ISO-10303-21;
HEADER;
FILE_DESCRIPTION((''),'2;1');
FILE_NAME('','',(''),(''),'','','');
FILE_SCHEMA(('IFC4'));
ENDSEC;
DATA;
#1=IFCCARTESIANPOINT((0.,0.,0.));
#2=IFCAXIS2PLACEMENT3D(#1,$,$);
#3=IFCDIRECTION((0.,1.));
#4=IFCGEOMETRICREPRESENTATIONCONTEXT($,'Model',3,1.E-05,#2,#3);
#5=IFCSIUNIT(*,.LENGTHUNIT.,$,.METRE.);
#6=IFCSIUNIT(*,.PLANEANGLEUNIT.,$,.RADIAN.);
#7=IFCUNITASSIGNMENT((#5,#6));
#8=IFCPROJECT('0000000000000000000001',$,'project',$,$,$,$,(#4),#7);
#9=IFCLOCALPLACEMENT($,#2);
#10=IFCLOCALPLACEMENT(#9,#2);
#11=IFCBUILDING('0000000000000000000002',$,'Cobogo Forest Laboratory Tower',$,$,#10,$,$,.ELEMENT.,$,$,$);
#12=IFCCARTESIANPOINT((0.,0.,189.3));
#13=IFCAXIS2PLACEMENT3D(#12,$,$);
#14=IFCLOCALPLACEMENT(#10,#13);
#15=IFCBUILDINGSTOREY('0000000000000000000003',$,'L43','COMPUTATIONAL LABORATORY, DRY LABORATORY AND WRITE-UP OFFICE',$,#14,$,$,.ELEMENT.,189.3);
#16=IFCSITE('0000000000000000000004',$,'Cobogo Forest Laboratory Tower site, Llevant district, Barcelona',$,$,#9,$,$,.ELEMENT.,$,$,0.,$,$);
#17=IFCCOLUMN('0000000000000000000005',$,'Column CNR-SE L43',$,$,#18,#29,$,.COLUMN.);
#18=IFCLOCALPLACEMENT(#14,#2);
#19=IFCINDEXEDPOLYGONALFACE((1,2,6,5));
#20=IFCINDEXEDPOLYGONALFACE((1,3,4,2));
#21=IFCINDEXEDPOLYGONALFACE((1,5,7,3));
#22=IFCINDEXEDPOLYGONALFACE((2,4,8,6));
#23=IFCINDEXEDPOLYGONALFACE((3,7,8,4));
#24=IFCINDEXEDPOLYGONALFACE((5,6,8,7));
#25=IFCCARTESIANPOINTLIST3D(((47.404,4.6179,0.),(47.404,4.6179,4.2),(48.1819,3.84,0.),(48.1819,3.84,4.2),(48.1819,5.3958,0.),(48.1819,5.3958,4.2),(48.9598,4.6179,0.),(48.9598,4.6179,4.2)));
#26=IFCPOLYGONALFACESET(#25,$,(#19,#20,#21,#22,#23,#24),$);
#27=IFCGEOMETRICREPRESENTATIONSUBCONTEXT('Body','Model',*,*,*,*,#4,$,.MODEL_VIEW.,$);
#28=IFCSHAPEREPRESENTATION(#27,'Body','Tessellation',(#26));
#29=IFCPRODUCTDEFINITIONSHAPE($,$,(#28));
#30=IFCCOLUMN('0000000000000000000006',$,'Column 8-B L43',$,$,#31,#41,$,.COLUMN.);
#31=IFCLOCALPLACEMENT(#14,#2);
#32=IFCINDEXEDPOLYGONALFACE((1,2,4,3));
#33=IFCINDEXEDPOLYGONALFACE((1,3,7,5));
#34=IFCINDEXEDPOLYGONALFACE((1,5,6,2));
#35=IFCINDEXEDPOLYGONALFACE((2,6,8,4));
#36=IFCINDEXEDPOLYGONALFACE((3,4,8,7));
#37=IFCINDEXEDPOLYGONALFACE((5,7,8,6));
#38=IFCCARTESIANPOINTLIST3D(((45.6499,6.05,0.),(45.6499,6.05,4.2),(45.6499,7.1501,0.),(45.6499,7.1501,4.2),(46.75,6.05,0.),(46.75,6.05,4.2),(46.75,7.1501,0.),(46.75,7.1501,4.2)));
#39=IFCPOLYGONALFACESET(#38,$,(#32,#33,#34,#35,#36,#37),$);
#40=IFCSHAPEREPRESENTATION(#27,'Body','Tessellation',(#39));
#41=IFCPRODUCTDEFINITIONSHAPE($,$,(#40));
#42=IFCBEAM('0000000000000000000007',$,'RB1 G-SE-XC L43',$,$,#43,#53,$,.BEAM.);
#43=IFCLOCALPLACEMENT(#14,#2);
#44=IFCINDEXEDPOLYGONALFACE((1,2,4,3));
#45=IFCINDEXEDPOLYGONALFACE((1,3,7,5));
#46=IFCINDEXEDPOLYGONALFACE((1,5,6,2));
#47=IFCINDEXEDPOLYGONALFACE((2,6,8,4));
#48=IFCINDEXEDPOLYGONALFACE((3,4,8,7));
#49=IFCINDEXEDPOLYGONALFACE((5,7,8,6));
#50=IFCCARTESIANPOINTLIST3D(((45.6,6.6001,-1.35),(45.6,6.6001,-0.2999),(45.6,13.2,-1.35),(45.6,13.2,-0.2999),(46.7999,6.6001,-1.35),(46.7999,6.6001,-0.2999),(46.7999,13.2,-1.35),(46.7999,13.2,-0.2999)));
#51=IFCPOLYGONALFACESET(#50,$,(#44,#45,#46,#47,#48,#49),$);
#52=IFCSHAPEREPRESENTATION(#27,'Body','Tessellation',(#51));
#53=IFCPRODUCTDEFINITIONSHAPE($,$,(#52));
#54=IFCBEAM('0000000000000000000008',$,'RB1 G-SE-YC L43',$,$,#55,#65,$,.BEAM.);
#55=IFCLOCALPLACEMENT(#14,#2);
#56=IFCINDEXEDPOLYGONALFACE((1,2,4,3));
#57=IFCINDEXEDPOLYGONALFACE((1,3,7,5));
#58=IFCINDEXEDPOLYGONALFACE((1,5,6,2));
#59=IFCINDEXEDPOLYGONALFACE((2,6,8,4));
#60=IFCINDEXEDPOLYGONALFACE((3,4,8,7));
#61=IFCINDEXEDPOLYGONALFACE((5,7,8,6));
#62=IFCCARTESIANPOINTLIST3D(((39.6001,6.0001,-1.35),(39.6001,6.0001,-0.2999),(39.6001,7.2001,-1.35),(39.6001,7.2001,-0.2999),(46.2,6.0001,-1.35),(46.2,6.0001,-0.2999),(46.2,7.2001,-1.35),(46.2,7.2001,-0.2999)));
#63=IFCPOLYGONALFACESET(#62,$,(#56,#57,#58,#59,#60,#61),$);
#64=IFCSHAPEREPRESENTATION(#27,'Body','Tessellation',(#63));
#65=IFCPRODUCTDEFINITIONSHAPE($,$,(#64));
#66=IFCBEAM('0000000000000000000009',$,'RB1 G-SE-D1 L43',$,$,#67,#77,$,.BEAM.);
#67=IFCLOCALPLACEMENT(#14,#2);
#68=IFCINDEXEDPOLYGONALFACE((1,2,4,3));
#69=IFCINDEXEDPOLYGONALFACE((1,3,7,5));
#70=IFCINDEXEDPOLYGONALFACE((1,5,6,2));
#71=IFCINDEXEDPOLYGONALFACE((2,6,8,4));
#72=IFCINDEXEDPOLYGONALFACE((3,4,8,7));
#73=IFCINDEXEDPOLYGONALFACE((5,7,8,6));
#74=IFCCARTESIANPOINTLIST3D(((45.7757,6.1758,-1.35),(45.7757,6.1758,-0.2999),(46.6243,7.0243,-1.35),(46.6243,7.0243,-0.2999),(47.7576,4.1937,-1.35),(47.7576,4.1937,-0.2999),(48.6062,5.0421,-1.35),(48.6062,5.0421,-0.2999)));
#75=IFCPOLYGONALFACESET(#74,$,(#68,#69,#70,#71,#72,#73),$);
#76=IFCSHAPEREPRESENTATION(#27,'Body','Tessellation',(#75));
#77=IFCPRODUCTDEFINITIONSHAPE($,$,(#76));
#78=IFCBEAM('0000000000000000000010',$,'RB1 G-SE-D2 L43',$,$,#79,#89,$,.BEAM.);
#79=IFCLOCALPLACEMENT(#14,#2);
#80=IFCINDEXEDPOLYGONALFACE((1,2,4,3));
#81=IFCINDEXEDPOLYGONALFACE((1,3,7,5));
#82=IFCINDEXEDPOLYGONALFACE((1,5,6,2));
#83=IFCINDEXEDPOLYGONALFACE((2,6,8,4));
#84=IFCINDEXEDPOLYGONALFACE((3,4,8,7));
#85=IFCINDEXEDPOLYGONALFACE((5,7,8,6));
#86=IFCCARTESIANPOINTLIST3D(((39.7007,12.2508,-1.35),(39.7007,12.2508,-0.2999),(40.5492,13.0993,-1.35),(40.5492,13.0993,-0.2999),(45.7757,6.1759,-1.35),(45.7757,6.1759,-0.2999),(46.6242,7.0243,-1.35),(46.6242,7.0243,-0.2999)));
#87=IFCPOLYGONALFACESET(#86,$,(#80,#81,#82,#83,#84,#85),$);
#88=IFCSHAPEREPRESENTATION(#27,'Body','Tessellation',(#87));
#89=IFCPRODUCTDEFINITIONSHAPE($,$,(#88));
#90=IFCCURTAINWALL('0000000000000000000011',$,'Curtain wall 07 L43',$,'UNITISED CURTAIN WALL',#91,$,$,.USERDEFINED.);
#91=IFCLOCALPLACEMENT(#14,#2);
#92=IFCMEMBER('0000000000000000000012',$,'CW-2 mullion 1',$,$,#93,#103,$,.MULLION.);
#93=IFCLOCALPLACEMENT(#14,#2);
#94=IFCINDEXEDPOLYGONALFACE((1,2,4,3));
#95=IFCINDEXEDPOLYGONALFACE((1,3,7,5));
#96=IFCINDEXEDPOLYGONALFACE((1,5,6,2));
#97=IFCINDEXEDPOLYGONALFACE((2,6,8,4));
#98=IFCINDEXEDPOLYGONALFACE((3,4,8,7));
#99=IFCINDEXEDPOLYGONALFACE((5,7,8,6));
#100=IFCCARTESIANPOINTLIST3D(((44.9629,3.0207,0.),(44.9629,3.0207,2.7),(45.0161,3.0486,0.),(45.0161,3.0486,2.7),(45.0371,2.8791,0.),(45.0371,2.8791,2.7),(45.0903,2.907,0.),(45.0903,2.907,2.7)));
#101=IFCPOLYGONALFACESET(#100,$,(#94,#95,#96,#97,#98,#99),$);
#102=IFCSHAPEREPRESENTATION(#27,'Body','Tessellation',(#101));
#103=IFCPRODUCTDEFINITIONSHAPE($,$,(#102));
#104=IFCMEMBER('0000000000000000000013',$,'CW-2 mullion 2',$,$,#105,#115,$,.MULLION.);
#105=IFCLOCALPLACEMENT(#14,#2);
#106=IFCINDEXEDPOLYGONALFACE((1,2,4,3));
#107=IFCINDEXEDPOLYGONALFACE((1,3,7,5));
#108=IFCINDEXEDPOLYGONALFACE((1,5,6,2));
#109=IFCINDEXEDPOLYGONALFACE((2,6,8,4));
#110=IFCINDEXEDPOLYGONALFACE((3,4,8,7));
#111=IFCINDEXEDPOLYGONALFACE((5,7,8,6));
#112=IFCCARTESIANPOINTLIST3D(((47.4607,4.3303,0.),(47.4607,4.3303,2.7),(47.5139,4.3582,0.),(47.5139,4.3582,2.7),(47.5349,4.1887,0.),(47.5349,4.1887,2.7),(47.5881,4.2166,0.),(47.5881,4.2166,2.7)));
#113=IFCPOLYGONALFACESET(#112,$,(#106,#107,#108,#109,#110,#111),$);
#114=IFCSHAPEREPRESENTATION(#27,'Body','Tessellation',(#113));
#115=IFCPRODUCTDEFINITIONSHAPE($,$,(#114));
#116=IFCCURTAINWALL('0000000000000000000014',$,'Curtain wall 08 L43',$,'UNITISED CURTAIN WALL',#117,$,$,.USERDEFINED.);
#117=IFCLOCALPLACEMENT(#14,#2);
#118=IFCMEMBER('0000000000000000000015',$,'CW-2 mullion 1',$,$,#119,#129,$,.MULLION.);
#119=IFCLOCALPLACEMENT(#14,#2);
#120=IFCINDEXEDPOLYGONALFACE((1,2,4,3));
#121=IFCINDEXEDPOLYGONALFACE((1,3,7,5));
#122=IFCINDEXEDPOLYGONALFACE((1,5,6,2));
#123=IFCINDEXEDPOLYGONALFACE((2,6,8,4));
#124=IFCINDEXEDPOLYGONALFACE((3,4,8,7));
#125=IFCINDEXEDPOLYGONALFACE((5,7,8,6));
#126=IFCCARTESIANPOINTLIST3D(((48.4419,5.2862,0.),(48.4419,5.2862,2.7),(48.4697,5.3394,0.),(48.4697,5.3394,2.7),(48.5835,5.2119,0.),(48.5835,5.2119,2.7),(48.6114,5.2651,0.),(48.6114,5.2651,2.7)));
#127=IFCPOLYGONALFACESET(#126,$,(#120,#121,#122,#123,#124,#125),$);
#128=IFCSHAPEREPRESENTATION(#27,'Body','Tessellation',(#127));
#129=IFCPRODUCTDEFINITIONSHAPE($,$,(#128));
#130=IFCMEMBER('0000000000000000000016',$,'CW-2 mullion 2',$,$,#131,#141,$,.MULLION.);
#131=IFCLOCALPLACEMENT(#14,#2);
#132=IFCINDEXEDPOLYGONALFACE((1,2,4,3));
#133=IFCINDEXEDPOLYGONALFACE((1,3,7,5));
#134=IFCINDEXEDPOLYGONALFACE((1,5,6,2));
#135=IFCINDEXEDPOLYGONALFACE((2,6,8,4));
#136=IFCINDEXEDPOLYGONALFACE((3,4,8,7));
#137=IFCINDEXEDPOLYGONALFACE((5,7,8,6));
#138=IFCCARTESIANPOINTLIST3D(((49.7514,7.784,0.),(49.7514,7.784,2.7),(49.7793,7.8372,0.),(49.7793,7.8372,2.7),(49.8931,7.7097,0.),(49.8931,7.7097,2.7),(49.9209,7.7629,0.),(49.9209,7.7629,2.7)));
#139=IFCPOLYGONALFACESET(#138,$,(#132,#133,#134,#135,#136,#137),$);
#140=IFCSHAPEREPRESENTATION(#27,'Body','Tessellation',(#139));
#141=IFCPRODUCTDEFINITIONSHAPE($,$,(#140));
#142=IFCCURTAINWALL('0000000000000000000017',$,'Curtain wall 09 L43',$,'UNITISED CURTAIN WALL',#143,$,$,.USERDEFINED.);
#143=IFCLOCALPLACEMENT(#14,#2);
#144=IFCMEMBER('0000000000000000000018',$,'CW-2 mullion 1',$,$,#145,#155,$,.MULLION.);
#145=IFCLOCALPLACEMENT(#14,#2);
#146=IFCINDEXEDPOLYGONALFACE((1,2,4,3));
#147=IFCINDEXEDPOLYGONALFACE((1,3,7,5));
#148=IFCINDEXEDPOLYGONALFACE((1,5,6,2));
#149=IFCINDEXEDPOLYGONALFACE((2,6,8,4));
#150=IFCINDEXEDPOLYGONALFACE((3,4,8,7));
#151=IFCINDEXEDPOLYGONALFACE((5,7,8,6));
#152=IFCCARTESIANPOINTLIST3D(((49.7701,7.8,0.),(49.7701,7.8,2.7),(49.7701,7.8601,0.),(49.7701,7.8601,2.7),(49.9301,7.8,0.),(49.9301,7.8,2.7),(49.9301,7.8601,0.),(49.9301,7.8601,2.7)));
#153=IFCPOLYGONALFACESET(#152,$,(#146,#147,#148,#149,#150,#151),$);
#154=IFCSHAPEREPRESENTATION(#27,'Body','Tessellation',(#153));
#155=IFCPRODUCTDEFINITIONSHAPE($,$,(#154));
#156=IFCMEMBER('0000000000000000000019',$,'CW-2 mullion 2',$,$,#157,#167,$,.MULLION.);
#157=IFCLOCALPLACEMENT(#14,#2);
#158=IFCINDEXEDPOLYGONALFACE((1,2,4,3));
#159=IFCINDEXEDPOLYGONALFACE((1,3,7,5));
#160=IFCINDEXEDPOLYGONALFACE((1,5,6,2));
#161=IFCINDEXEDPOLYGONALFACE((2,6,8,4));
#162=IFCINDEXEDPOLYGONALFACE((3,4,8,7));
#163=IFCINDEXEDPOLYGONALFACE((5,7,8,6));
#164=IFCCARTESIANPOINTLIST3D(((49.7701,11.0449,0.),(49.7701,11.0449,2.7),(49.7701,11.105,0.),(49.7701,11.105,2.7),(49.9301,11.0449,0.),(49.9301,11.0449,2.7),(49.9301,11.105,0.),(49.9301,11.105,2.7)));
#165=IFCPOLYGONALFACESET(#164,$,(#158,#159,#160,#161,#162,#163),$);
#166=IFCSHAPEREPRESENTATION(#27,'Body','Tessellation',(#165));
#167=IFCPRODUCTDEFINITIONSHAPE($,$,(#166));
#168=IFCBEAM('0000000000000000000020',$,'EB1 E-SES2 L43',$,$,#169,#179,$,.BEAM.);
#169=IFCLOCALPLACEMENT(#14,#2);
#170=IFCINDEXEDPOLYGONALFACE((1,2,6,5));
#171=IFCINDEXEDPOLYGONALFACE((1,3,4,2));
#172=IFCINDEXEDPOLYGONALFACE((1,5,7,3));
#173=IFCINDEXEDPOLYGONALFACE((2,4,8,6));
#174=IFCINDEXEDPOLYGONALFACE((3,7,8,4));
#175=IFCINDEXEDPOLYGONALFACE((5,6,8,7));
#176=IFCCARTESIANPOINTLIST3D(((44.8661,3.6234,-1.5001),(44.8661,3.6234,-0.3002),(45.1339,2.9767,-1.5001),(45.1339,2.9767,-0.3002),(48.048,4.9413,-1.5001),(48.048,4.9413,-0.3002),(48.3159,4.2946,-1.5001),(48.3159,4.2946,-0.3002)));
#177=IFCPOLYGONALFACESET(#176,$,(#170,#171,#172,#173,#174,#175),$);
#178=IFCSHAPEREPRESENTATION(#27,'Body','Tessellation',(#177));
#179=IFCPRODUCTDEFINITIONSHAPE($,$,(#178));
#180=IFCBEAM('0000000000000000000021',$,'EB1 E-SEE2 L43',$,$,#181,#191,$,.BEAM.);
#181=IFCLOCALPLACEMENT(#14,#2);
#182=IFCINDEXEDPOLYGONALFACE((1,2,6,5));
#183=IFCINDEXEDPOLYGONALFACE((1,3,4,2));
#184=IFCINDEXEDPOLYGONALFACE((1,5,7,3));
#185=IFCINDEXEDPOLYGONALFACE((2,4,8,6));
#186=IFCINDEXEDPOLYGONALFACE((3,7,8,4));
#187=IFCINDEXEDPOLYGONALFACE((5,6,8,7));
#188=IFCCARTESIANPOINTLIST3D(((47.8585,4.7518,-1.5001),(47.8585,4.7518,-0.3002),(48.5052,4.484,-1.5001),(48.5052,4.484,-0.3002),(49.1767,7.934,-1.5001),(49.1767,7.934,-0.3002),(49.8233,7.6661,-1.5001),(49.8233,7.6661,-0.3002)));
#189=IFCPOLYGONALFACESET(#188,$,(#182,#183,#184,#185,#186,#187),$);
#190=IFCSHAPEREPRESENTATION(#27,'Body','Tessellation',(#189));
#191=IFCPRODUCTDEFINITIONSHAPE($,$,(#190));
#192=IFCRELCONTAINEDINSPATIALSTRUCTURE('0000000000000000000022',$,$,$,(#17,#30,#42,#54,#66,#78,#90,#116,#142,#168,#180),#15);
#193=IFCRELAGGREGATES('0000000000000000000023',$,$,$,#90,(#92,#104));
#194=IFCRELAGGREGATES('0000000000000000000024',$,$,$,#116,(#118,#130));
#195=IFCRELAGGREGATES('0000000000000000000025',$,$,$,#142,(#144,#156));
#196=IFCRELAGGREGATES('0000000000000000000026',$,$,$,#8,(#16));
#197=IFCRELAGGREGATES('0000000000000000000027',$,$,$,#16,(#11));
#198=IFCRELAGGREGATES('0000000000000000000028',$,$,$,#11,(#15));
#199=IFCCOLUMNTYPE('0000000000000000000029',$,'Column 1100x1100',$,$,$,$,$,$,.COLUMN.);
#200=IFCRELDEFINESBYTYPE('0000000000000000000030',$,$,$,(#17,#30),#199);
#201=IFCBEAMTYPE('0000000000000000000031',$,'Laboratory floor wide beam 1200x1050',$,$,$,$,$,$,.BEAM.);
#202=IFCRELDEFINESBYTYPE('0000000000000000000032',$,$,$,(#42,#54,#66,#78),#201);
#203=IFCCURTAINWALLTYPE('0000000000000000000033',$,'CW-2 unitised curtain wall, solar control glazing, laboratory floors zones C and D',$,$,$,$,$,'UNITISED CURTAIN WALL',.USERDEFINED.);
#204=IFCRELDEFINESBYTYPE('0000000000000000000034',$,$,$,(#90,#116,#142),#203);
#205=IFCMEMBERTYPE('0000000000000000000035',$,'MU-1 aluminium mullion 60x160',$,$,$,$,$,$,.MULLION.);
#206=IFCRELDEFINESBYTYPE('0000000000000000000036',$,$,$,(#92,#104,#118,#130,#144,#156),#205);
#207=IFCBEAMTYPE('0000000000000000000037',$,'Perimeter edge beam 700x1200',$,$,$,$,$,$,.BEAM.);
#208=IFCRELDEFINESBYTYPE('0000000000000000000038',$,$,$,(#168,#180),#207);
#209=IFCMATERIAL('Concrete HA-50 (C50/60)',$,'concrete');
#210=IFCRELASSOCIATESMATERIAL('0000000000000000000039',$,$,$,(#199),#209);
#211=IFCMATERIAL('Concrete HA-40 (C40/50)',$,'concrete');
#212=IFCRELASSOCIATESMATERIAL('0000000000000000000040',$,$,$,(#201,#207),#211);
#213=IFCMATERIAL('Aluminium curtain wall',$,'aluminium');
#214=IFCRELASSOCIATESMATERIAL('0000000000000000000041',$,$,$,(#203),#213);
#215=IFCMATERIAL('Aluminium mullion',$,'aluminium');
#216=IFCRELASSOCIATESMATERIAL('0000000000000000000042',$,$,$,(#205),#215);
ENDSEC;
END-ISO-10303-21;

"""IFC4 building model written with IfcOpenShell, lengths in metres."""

from ifc_helpers import new_model, si_unit, direction, frame, origin, origin_2d, place, context, subcontext, project, spatial, rectangle, extrude, material, material_profile, profile_set, type_object, element, aggregate, save


model = new_model("IFC4")

# Units and contexts
model_context = context("Model", 3, precision=1e-05, world=origin(), true_north=direction((0.0, 1.0)))
body_context = subcontext(model_context, "Body", "Model", "MODEL_VIEW")
ifc_project = project(units=[si_unit("LENGTHUNIT", "METRE"), si_unit("PLANEANGLEUNIT", "RADIAN")], contexts=[model_context])

# Site, building, storey
site_placement = place(None, origin())
site = spatial("IfcSite", under=ifc_project, at=site_placement, Name="Cobogo Forest Laboratory Tower site, Llevant district, Barcelona", CompositionType="ELEMENT", RefElevation=0.0)
building_placement = place(site_placement, origin())
building = spatial("IfcBuilding", under=site, at=building_placement, Name="Cobogo Forest Laboratory Tower", CompositionType="ELEMENT")
storey_placement = place(building_placement, frame((0.0, 0.0, 189.3)))
storey = spatial("IfcBuildingStorey", under=building, at=storey_placement, Name="L43", Description="COMPUTATIONAL LABORATORY, DRY LABORATORY AND WRITE-UP OFFICE", CompositionType="ELEMENT", Elevation=189.3)

# Columns
ifc_material_1 = material(Name="Concrete HA-50 (C50/60)", Category="concrete")
ifc_material_profile_1 = material_profile(ifc_material_1, rectangle(XDim=1.1001, YDim=1.1001, at=origin_2d()), Name="RC 1100x1100")
ifc_profile_set_1 = profile_set([ifc_material_profile_1], Name="Concrete HA-50 (C50/60)")
column_type = type_object("IfcColumnType", Name="Column 1100x1100", PredefinedType="COLUMN", material=ifc_profile_set_1)
for number, where, z_axis, x_axis, name in (
    (1, (48.1819, 4.6179, 0.0), (0.0, 0.0, 1.0), (0.707107, 0.707107, 0.0), "Column CNR-SE L43"),
    (2, (46.2, 6.6001, 0.0), (0.0, 0.0, 1.0), (1.0, 0.0, 0.0), "Column 8-B L43"),
):
    element("IfcColumn", number, at=place(storey_placement, frame(where, z_axis=z_axis, x_axis=x_axis)), inside=storey, type_object=column_type, Name=name, PredefinedType="COLUMN", context=body_context, shape_type="SweptSolid", body=[
        extrude(rectangle(XDim=1.1001, YDim=1.1001, at=origin_2d()), origin(), (0.0, 0.0, 1.0), 4.2),
    ])

# Beams
ifc_material_2 = material(Name="Concrete HA-40 (C40/50)", Category="concrete")
ifc_material_profile_2 = material_profile(ifc_material_2, rectangle(XDim=1.2, YDim=1.05, at=origin_2d()), Name="RC 1200x1050")
ifc_profile_set_2 = profile_set([ifc_material_profile_2], Name="Concrete HA-40 (C40/50)")
beam_type_1 = type_object("IfcBeamType", Name="Laboratory floor wide beam 1200x1050", PredefinedType="BEAM", material=ifc_profile_set_2)
for number, where, z_axis, x_axis, name in (
    (3, (46.2, 6.6001, -0.825), (0.0, 1.0, 0.0), (-1.0, 0.0, 0.0), "RB1 G-SE-XC L43"),
    (4, (46.2, 6.6001, -0.825), (-1.0, 0.0, 0.0), (0.0, -1.0, 0.0), "RB1 G-SE-YC L43"),
):
    element("IfcBeam", number, at=place(storey_placement, frame(where, z_axis=z_axis, x_axis=x_axis)), inside=storey, type_object=beam_type_1, Name=name, PredefinedType="BEAM", context=body_context, shape_type="SweptSolid", body=[
        extrude(rectangle(XDim=1.2, YDim=1.05, at=origin_2d()), origin(), (0.0, 0.0, 1.0), 6.5999),
    ])
beam_1_placement = place(storey_placement, frame((48.1819, 4.6179, -0.825), z_axis=(-0.707063, 0.70715, 0.0), x_axis=(-0.70715, -0.707063, 0.0)))
element("IfcBeam", 5, at=beam_1_placement, inside=storey, type_object=beam_type_1, Name="RB1 G-SE-D1 L43", PredefinedType="BEAM", context=body_context, shape_type="SweptSolid", body=[
    extrude(rectangle(XDim=1.2, YDim=1.05, at=origin_2d()), origin(), (0.0, 0.0, 1.0), 2.803),
])
beam_2_placement = place(storey_placement, frame((46.2, 6.6001, -0.825), z_axis=(-0.707107, 0.707107, 0.0), x_axis=(-0.707107, -0.707107, 0.0)))
element("IfcBeam", 6, at=beam_2_placement, inside=storey, type_object=beam_type_1, Name="RB1 G-SE-D2 L43", PredefinedType="BEAM", context=body_context, shape_type="SweptSolid", body=[
    extrude(rectangle(XDim=1.2, YDim=1.05, at=origin_2d()), origin(), (0.0, 0.0, 1.0), 8.5913),
])

# Curtain walls, members
ifc_material_3 = material(Name="Aluminium curtain wall", Category="aluminium")
curtain_wall_type = type_object("IfcCurtainWallType", Name="CW-2 unitised curtain wall, solar control glazing, laboratory floors zones C and D", ElementType="UNITISED CURTAIN WALL", PredefinedType="USERDEFINED", material=ifc_material_3)
curtain_wall_1_placement = place(storey_placement, origin())
curtain_wall_1 = element("IfcCurtainWall", 7, at=curtain_wall_1_placement, inside=storey, type_object=curtain_wall_type, Name="Curtain wall 07 L43", ObjectType="UNITISED CURTAIN WALL", PredefinedType="USERDEFINED")
ifc_material_4 = material(Name="Aluminium mullion", Category="aluminium")
ifc_material_profile_3 = material_profile(ifc_material_4, rectangle(XDim=0.0601, YDim=0.1599, at=origin_2d()), Name="AL 60x160")
ifc_profile_set_3 = profile_set([ifc_material_profile_3], Name="Aluminium mullion")
member_type_1 = type_object("IfcMemberType", Name="MU-1 aluminium mullion 60x160", PredefinedType="MULLION", material=ifc_profile_set_3)
member_1_placement = place(storey_placement, frame((45.0266, 2.9639, 0.0), z_axis=(0.0, 0.0, 1.0), x_axis=(0.885686, 0.464284, 0.0)))
member_1 = element("IfcMember", 8, at=member_1_placement, type_object=member_type_1, Name="CW-2 mullion 1", PredefinedType="MULLION", context=body_context, shape_type="SweptSolid", body=[
    extrude(rectangle(XDim=0.0601, YDim=0.1599, at=origin_2d()), origin(), (0.0, 0.0, 1.0), 2.7),
])
member_2_placement = place(storey_placement, frame((47.5244, 4.2734, 0.0), z_axis=(0.0, 0.0, 1.0), x_axis=(0.885686, 0.464284, 0.0)))
member_2 = element("IfcMember", 9, at=member_2_placement, type_object=member_type_1, Name="CW-2 mullion 2", PredefinedType="MULLION", context=body_context, shape_type="SweptSolid", body=[
    extrude(rectangle(XDim=0.0601, YDim=0.1599, at=origin_2d()), origin(), (0.0, 0.0, 1.0), 2.7),
])
curtain_wall_2_placement = place(storey_placement, origin())
curtain_wall_2 = element("IfcCurtainWall", 10, at=curtain_wall_2_placement, inside=storey, type_object=curtain_wall_type, Name="Curtain wall 08 L43", ObjectType="UNITISED CURTAIN WALL", PredefinedType="USERDEFINED")
member_3_placement = place(storey_placement, frame((48.5266, 5.2756, 0.0), z_axis=(0.0, 0.0, 1.0), x_axis=(0.464284, 0.885686, 0.0)))
member_3 = element("IfcMember", 11, at=member_3_placement, type_object=member_type_1, Name="CW-2 mullion 1", PredefinedType="MULLION", context=body_context, shape_type="SweptSolid", body=[
    extrude(rectangle(XDim=0.0601, YDim=0.1599, at=origin_2d()), origin(), (0.0, 0.0, 1.0), 2.7),
])
member_4_placement = place(storey_placement, frame((49.8362, 7.7734, 0.0), z_axis=(0.0, 0.0, 1.0), x_axis=(0.464284, 0.885686, 0.0)))
member_4 = element("IfcMember", 12, at=member_4_placement, type_object=member_type_1, Name="CW-2 mullion 2", PredefinedType="MULLION", context=body_context, shape_type="SweptSolid", body=[
    extrude(rectangle(XDim=0.0601, YDim=0.1599, at=origin_2d()), origin(), (0.0, 0.0, 1.0), 2.7),
])
curtain_wall_3_placement = place(storey_placement, origin())
curtain_wall_3 = element("IfcCurtainWall", 13, at=curtain_wall_3_placement, inside=storey, type_object=curtain_wall_type, Name="Curtain wall 09 L43", ObjectType="UNITISED CURTAIN WALL", PredefinedType="USERDEFINED")
member_5_placement = place(storey_placement, frame((49.8501, 7.8301, 0.0), z_axis=(0.0, 0.0, 1.0), x_axis=(0.0, 1.0, 0.0)))
member_5 = element("IfcMember", 14, at=member_5_placement, type_object=member_type_1, Name="CW-2 mullion 1", PredefinedType="MULLION", context=body_context, shape_type="SweptSolid", body=[
    extrude(rectangle(XDim=0.0601, YDim=0.1599, at=origin_2d()), origin(), (0.0, 0.0, 1.0), 2.7),
])
member_6_placement = place(storey_placement, frame((49.8501, 11.075, 0.0), z_axis=(0.0, 0.0, 1.0), x_axis=(0.0, 1.0, 0.0)))
member_6 = element("IfcMember", 15, at=member_6_placement, type_object=member_type_1, Name="CW-2 mullion 2", PredefinedType="MULLION", context=body_context, shape_type="SweptSolid", body=[
    extrude(rectangle(XDim=0.0601, YDim=0.1599, at=origin_2d()), origin(), (0.0, 0.0, 1.0), 2.7),
])

# Beams
ifc_material_profile_4 = material_profile(ifc_material_2, rectangle(XDim=0.7, YDim=1.2, at=origin_2d()), Name="RC 700x1200")
ifc_profile_set_4 = profile_set([ifc_material_profile_4], Name="Concrete HA-40 (C40/50)")
beam_type_2 = type_object("IfcBeamType", Name="Perimeter edge beam 700x1200", PredefinedType="BEAM", material=ifc_profile_set_4)
beam_3_placement = place(storey_placement, frame((45.0, 3.3, -0.9001), z_axis=(0.923891, 0.382656, 0.0), x_axis=(-0.382656, 0.923891, 0.0)))
element("IfcBeam", 16, at=beam_3_placement, inside=storey, type_object=beam_type_2, Name="EB1 E-SES2 L43", PredefinedType="BEAM", context=body_context, shape_type="SweptSolid", body=[
    extrude(rectangle(XDim=0.7, YDim=1.2, at=origin_2d()), origin(), (0.0, 0.0, 1.0), 3.4441),
])
beam_4_placement = place(storey_placement, frame((49.5, 7.8, -0.9001), z_axis=(-0.382692, -0.923876, 0.0), x_axis=(0.923876, -0.382692, 0.0)))
element("IfcBeam", 17, at=beam_4_placement, inside=storey, type_object=beam_type_2, Name="EB1 E-SEE2 L43", PredefinedType="BEAM", context=body_context, shape_type="SweptSolid", body=[
    extrude(rectangle(XDim=0.7, YDim=1.2, at=origin_2d()), origin(), (0.0, 0.0, 1.0), 3.4443),
])

aggregate(curtain_wall_1, [member_1, member_2])
aggregate(curtain_wall_2, [member_3, member_4])
aggregate(curtain_wall_3, [member_5, member_6])

save(model, "model.ifc")
